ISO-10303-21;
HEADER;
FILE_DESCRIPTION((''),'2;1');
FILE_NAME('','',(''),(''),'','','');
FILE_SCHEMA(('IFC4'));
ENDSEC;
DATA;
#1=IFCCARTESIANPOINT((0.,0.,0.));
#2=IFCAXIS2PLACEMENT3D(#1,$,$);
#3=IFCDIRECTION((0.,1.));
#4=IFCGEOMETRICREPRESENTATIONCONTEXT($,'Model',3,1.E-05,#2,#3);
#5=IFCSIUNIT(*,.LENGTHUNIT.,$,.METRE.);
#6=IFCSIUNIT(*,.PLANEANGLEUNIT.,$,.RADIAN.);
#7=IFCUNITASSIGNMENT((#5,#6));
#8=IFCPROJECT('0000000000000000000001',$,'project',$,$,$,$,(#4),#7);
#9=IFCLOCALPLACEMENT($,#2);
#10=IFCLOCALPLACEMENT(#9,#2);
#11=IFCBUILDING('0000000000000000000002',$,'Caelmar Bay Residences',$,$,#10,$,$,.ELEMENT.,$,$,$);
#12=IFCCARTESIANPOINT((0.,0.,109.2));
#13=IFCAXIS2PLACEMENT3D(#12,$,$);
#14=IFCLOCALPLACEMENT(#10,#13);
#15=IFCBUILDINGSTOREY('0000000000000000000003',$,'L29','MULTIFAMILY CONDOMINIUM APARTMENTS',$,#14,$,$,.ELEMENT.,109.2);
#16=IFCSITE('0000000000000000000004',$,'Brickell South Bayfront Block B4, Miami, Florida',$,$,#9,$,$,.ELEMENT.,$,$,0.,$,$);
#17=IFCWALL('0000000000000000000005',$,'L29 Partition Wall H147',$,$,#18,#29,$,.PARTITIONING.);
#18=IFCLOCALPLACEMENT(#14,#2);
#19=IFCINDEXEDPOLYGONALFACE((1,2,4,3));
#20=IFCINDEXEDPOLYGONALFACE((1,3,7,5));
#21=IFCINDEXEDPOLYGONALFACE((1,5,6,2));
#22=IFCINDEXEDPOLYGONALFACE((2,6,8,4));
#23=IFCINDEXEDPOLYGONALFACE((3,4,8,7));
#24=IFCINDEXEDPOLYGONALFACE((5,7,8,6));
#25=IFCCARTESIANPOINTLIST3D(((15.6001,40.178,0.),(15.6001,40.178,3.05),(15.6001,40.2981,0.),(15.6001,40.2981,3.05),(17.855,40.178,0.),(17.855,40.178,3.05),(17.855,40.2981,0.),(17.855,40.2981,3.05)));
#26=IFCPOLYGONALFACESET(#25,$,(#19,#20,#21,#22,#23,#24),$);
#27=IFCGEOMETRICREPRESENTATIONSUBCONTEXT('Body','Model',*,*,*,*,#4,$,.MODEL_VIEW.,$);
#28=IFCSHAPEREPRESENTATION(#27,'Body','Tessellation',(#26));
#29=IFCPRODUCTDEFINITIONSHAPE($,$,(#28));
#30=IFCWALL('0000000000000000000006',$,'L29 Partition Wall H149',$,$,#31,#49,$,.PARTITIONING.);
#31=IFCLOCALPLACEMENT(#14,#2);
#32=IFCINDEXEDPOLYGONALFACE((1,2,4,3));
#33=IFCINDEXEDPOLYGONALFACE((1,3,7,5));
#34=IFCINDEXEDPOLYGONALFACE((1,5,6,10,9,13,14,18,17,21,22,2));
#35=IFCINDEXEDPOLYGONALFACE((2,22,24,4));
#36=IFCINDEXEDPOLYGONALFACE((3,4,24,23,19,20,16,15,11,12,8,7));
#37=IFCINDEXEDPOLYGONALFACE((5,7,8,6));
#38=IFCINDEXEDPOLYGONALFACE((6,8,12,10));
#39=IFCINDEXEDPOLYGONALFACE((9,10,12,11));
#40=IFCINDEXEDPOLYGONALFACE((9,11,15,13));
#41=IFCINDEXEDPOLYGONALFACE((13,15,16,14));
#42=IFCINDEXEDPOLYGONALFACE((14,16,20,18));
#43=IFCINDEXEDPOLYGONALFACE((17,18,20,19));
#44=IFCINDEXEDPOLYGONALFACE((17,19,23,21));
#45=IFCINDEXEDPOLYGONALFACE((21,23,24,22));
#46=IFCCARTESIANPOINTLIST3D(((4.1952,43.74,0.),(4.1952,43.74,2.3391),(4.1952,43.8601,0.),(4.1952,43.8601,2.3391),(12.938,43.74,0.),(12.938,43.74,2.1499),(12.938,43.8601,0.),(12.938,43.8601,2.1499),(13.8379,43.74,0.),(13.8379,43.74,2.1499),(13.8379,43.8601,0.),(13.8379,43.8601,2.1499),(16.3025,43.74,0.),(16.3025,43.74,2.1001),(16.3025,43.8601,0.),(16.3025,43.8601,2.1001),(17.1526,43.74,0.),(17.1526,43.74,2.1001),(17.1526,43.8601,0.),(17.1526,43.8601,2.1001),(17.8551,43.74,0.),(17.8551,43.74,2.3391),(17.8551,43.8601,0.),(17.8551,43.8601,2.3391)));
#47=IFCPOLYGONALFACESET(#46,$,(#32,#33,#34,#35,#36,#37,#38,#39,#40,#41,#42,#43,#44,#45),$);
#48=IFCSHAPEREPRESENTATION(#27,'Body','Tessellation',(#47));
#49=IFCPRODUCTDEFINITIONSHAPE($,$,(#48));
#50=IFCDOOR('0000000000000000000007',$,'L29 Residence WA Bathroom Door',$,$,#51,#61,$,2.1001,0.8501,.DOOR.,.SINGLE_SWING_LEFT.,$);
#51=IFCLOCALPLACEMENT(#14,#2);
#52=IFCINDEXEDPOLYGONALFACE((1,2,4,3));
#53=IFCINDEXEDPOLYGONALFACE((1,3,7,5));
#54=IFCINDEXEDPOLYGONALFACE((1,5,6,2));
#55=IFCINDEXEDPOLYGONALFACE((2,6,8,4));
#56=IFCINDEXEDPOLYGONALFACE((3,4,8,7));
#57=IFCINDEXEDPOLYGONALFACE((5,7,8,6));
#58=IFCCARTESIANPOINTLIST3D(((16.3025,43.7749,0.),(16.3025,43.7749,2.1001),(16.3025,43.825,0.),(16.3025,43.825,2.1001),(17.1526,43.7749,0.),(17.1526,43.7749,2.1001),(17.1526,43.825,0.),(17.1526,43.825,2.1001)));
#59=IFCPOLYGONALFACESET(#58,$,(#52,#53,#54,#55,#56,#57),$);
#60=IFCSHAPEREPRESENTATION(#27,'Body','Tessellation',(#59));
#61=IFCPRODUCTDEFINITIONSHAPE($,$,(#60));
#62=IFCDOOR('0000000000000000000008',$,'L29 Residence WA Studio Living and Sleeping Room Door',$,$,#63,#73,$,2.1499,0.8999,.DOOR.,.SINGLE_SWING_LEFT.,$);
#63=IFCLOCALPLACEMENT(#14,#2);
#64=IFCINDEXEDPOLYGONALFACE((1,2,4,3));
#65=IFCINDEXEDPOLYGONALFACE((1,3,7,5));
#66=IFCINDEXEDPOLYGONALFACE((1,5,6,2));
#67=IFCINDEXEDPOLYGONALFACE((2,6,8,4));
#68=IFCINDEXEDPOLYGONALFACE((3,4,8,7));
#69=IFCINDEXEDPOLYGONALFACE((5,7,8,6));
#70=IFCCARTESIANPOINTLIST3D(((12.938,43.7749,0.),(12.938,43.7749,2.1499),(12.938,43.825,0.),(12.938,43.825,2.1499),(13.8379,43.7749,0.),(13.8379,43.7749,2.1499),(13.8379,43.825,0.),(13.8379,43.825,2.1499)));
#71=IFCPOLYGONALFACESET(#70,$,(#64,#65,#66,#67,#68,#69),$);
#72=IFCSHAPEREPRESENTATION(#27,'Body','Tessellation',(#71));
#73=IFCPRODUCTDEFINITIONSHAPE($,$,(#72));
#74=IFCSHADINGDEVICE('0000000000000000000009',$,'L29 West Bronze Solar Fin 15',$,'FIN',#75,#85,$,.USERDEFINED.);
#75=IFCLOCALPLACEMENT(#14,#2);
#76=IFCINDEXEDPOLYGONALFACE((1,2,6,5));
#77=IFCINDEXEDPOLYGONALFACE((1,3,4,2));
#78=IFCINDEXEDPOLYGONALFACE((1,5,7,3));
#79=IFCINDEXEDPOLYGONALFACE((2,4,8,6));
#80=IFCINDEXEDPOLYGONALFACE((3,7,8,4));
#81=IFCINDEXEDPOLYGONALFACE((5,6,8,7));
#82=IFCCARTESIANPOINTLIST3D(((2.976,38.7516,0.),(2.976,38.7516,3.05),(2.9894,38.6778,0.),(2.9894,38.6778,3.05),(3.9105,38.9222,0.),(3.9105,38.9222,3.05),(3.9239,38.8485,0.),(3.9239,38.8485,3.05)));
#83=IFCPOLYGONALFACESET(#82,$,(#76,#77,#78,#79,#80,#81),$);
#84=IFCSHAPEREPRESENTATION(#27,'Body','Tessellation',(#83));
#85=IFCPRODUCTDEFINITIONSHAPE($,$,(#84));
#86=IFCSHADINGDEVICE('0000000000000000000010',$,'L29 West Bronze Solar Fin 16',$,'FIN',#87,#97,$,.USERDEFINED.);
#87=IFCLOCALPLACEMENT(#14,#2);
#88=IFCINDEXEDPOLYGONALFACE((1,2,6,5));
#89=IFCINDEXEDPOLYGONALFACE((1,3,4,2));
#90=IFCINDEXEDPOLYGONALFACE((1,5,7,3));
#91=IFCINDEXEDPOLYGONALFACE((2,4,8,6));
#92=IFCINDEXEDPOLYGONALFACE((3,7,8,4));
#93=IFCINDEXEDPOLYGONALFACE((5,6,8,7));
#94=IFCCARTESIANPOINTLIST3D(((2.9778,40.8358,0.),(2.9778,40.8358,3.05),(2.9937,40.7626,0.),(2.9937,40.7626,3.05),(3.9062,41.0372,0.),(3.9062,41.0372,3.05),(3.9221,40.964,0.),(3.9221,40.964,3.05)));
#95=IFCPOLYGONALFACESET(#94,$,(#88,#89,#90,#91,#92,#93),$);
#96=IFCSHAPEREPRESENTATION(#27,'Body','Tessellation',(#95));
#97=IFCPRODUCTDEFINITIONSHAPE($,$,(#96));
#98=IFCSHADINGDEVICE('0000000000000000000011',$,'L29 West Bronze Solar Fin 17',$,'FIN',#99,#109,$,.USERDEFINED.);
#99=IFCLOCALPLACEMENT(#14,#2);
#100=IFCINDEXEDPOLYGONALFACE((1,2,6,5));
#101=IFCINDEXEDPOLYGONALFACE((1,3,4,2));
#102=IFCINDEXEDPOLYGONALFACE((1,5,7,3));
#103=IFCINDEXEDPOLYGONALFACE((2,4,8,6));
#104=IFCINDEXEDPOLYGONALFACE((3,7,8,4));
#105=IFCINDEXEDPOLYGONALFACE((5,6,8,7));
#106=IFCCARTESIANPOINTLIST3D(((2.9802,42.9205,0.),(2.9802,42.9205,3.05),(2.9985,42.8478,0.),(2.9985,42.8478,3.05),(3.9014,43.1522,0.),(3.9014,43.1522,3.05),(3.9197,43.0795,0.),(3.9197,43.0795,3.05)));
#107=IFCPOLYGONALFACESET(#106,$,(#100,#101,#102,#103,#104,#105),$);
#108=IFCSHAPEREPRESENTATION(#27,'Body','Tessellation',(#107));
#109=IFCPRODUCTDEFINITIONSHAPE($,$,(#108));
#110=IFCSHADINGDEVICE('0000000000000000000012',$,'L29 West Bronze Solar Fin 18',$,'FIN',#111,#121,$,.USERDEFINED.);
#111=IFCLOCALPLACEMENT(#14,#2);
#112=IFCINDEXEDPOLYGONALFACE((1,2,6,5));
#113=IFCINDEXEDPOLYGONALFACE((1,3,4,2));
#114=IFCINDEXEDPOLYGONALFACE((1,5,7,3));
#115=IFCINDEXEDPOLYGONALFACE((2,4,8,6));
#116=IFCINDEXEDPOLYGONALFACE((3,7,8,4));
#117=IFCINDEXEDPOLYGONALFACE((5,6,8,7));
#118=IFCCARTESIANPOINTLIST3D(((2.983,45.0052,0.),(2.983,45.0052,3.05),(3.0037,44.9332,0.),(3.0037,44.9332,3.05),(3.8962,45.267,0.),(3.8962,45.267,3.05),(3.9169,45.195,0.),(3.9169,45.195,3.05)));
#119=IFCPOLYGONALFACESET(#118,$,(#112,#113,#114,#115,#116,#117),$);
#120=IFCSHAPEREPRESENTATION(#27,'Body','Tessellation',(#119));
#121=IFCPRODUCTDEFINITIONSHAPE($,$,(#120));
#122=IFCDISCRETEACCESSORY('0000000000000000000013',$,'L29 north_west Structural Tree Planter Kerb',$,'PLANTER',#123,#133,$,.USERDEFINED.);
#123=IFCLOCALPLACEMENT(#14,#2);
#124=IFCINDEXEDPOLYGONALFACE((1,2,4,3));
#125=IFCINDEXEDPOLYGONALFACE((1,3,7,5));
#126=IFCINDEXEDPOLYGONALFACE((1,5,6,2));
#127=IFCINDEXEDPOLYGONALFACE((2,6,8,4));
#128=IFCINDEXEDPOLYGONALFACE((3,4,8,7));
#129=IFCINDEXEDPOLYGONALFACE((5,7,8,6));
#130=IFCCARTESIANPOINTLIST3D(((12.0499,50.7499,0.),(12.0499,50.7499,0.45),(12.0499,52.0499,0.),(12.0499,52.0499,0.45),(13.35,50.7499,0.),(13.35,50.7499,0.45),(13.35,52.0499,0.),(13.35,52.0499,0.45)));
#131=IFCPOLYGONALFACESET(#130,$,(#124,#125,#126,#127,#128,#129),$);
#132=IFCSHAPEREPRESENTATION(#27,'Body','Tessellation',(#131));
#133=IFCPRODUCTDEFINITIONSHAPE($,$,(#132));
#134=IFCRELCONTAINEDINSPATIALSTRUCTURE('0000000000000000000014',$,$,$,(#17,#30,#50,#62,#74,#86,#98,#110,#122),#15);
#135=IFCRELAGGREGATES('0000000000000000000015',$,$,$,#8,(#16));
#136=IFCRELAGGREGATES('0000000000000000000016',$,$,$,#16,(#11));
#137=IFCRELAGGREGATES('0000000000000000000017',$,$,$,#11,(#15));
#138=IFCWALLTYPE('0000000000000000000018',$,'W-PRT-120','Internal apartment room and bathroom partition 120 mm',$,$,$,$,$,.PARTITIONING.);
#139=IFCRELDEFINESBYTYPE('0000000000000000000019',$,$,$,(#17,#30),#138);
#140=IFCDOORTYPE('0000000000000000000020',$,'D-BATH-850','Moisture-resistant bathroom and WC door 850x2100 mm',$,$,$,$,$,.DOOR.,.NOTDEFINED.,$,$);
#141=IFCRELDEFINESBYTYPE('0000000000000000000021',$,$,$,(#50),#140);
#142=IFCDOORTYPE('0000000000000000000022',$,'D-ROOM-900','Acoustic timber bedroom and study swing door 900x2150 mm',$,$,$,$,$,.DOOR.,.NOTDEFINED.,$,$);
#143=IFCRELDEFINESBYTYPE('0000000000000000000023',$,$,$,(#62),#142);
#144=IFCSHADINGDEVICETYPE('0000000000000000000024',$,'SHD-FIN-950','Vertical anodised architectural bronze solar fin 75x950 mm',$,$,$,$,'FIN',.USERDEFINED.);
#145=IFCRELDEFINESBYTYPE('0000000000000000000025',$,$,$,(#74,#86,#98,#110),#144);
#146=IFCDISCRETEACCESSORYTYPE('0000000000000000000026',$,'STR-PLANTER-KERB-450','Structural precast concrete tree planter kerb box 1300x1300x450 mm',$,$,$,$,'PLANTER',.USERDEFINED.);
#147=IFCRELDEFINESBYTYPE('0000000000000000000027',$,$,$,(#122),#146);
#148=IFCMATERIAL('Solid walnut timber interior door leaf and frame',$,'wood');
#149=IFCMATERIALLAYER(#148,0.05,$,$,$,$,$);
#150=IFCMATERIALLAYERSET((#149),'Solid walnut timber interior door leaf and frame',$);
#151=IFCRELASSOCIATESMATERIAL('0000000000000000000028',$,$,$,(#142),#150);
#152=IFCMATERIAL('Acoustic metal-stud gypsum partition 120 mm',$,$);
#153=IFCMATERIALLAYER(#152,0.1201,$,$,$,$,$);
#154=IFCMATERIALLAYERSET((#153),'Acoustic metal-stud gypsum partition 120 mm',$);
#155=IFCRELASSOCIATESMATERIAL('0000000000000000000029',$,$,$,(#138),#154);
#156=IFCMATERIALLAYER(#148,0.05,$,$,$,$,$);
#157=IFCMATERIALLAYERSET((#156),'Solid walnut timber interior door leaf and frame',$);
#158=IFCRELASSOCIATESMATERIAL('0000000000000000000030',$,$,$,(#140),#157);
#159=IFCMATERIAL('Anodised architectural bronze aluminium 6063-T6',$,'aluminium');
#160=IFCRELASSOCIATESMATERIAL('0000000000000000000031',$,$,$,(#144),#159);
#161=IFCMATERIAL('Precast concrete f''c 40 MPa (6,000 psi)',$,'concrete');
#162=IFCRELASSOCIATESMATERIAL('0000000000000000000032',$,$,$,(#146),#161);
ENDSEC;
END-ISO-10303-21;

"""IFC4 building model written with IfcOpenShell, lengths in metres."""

from ifc_helpers import new_model, si_unit, direction, frame, frame_2d, origin, origin_2d, place, context, subcontext, project, spatial, rectangle, extrude, material, layer, layer_set, material_profile, profile_set, type_object, element, fill, save


model = new_model("IFC4")

# Units and contexts
model_context = context("Model", 3, precision=1e-05, world=origin(), true_north=direction((0.0, 1.0)))
body_context = subcontext(model_context, "Body", "Model", "MODEL_VIEW")
ifc_project = project(units=[si_unit("LENGTHUNIT", "METRE"), si_unit("PLANEANGLEUNIT", "RADIAN")], contexts=[model_context])

# Site, building, storey
site_placement = place(None, origin())
site = spatial("IfcSite", under=ifc_project, at=site_placement, Name="Brickell South Bayfront Block B4, Miami, Florida", CompositionType="ELEMENT", RefElevation=0.0)
building_placement = place(site_placement, origin())
building = spatial("IfcBuilding", under=site, at=building_placement, Name="Caelmar Bay Residences", CompositionType="ELEMENT")
storey_placement = place(building_placement, frame((0.0, 0.0, 109.2)))
storey = spatial("IfcBuildingStorey", under=building, at=storey_placement, Name="L29", Description="MULTIFAMILY CONDOMINIUM APARTMENTS", CompositionType="ELEMENT", Elevation=109.2)

# Shared definitions
ifc_material_1 = material(Name="Precast concrete f'c 40 MPa (6,000 psi)", Category="concrete")

# Shared definitions
ifc_material_2 = material(Name="Solid walnut timber interior door leaf and frame", Category="wood")
ifc_layer_1 = layer(ifc_material_2, 0.05)
ifc_layer_set_1 = layer_set([ifc_layer_1], Name="Solid walnut timber interior door leaf and frame")
door_type_1 = type_object("IfcDoorType", Name="D-ROOM-900", Description="Acoustic timber bedroom and study swing door 900x2150 mm", OperationType="NOTDEFINED", PredefinedType="DOOR", material=ifc_layer_set_1)
ifc_material_3 = material(Name="Acoustic metal-stud gypsum partition 120 mm")
ifc_layer_2 = layer(ifc_material_3, 0.1201)
ifc_layer_set_2 = layer_set([ifc_layer_2], Name="Acoustic metal-stud gypsum partition 120 mm")
wall_type_1 = type_object("IfcWallType", Name="W-PRT-120", Description="Internal apartment room and bathroom partition 120 mm", PredefinedType="PARTITIONING", material=ifc_layer_set_2)

# Wall
wall_1_placement = place(storey_placement, frame((15.6001, 40.238, 0.0), z_axis=(0.0, 0.0, 1.0), x_axis=(1.0, 0.0, 0.0)))
element("IfcWall", 1, at=wall_1_placement, inside=storey, type_object=wall_type_1, Name="L29 Partition Wall H147", PredefinedType="PARTITIONING", context=body_context, shape_type="SweptSolid", body=[
    extrude(rectangle(XDim=2.2549, YDim=0.1201, at=frame_2d((1.1274, 0.0))), origin(), (0.0, 0.0, 1.0), 3.05),
])

# Wall, openings, doors
wall_2_placement = place(storey_placement, frame((4.1951, 43.8, 0.0), z_axis=(0.0, 0.0, 1.0), x_axis=(1.0, 0.0, 0.0)))
wall_2 = element("IfcWall", 2, at=wall_2_placement, inside=storey, type_object=wall_type_1, Name="L29 Partition Wall H149", PredefinedType="PARTITIONING", context=body_context, shape_type="SweptSolid", body=[
    extrude(rectangle(XDim=13.6599, YDim=0.1201, at=frame_2d((6.8301, 0.0))), origin(), (0.0, 0.0, 1.0), 2.3391),
])
opening_1_placement = place(wall_2_placement, frame((8.7429, 0.0, 0.0)))
opening_1 = element("IfcOpeningElement", 3, at=opening_1_placement, cuts=wall_2, PredefinedType="OPENING", context=body_context, shape_type="SweptSolid", body=[
    extrude(rectangle(XDim=0.8999, YDim=2.1499, at=frame_2d((0.45, 1.075))), frame((0.0, 0.0701, 0.0), z_axis=(0.0, -1.0, 0.0), x_axis=(1.0, 0.0, 0.0)), (0.0, 0.0, 1.0), 0.1401),
])
opening_2_placement = place(wall_2_placement, frame((12.1074, 0.0, 0.0)))
opening_2 = element("IfcOpeningElement", 4, at=opening_2_placement, cuts=wall_2, PredefinedType="OPENING", context=body_context, shape_type="SweptSolid", body=[
    extrude(rectangle(XDim=0.8501, YDim=2.1001, at=frame_2d((0.425, 1.05))), frame((0.0, 0.0701, 0.0), z_axis=(0.0, -1.0, 0.0), x_axis=(1.0, 0.0, 0.0)), (0.0, 0.0, 1.0), 0.1401),
])
ifc_layer_3 = layer(ifc_material_2, 0.05)
ifc_layer_set_3 = layer_set([ifc_layer_3], Name="Solid walnut timber interior door leaf and frame")
door_type_2 = type_object("IfcDoorType", Name="D-BATH-850", Description="Moisture-resistant bathroom and WC door 850x2100 mm", OperationType="NOTDEFINED", PredefinedType="DOOR", material=ifc_layer_set_3)
door_1_placement = place(opening_2_placement, origin())
door_1 = element("IfcDoor", 5, at=door_1_placement, inside=storey, type_object=door_type_2, Name="L29 Residence WA Bathroom Door", OperationType="SINGLE_SWING_LEFT", OverallHeight=2.1001, OverallWidth=0.8501, PredefinedType="DOOR", context=body_context, shape_type="SweptSolid", body=[
    extrude(rectangle(XDim=0.8501, YDim=2.1001, at=frame_2d((0.425, 1.05))), frame((0.0, 0.0249, 0.0), z_axis=(0.0, -1.0, 0.0), x_axis=(1.0, 0.0, 0.0)), (0.0, 0.0, 1.0), 0.05),
])
fill(opening_2, door_1)
door_2_placement = place(opening_1_placement, origin())
door_2 = element("IfcDoor", 6, at=door_2_placement, inside=storey, type_object=door_type_1, Name="L29 Residence WA Studio Living and Sleeping Room Door", OperationType="SINGLE_SWING_LEFT", OverallHeight=2.1499, OverallWidth=0.8999, PredefinedType="DOOR", context=body_context, shape_type="SweptSolid", body=[
    extrude(rectangle(XDim=0.8999, YDim=2.1499, at=frame_2d((0.45, 1.075))), frame((0.0, 0.0249, 0.0), z_axis=(0.0, -1.0, 0.0), x_axis=(1.0, 0.0, 0.0)), (0.0, 0.0, 1.0), 0.05),
])
fill(opening_1, door_2)

# Shading devices
ifc_material_4 = material(Name="Anodised architectural bronze aluminium 6063-T6", Category="aluminium")
ifc_material_profile_1 = material_profile(ifc_material_4, rectangle(XDim=0.075, YDim=0.95, at=origin_2d()), Name="BRONZE-FIN-75X950")
ifc_profile_set_1 = profile_set([ifc_material_profile_1], Name="Anodised architectural bronze aluminium 6063-T6")
shading_device_type = type_object("IfcShadingDeviceType", Name="SHD-FIN-950", Description="Vertical anodised architectural bronze solar fin 75x950 mm", ElementType="FIN", PredefinedType="USERDEFINED", material=ifc_profile_set_1)
for number, where, z_axis, x_axis, name in (
    (7, (3.45, 38.8, 0.0), (0.0, 0.0, 1.0), (-0.179661, 0.983729, 0.0), "L29 West Bronze Solar Fin 15"),
    (8, (3.45, 40.8999, 0.0), (0.0, 0.0, 1.0), (-0.212007, 0.977268, 0.0), "L29 West Bronze Solar Fin 16"),
    (9, (3.45, 43.0, 0.0), (0.0, 0.0, 1.0), (-0.243954, 0.969787, 0.0), "L29 West Bronze Solar Fin 17"),
    (10, (3.45, 45.1001, 0.0), (0.0, 0.0, 1.0), (-0.275637, 0.961262, 0.0), "L29 West Bronze Solar Fin 18"),
):
    element("IfcShadingDevice", number, at=place(storey_placement, frame(where, z_axis=z_axis, x_axis=x_axis)), inside=storey, type_object=shading_device_type, Name=name, ObjectType="FIN", PredefinedType="USERDEFINED", context=body_context, shape_type="SweptSolid", body=[
        extrude(rectangle(XDim=0.075, YDim=0.95, at=origin_2d()), origin(), (0.0, 0.0, 1.0), 3.05),
    ])

# Discrete accessory
discrete_accessory_type = type_object("IfcDiscreteAccessoryType", Name="STR-PLANTER-KERB-450", Description="Structural precast concrete tree planter kerb box 1300x1300x450 mm", ElementType="PLANTER", PredefinedType="USERDEFINED", material=ifc_material_1)
discrete_accessory_placement = place(storey_placement, frame((12.7, 51.3999, 0.0), z_axis=(0.0, 0.0, 1.0), x_axis=(1.0, 0.0, 0.0)))
element("IfcDiscreteAccessory", 11, at=discrete_accessory_placement, inside=storey, type_object=discrete_accessory_type, Name="L29 north_west Structural Tree Planter Kerb", ObjectType="PLANTER", PredefinedType="USERDEFINED", context=body_context, shape_type="SweptSolid", body=[
    extrude(rectangle(XDim=1.3, YDim=1.3, at=origin_2d()), origin(), (0.0, 0.0, 1.0), 0.45),
])

save(model, "model.ifc")
